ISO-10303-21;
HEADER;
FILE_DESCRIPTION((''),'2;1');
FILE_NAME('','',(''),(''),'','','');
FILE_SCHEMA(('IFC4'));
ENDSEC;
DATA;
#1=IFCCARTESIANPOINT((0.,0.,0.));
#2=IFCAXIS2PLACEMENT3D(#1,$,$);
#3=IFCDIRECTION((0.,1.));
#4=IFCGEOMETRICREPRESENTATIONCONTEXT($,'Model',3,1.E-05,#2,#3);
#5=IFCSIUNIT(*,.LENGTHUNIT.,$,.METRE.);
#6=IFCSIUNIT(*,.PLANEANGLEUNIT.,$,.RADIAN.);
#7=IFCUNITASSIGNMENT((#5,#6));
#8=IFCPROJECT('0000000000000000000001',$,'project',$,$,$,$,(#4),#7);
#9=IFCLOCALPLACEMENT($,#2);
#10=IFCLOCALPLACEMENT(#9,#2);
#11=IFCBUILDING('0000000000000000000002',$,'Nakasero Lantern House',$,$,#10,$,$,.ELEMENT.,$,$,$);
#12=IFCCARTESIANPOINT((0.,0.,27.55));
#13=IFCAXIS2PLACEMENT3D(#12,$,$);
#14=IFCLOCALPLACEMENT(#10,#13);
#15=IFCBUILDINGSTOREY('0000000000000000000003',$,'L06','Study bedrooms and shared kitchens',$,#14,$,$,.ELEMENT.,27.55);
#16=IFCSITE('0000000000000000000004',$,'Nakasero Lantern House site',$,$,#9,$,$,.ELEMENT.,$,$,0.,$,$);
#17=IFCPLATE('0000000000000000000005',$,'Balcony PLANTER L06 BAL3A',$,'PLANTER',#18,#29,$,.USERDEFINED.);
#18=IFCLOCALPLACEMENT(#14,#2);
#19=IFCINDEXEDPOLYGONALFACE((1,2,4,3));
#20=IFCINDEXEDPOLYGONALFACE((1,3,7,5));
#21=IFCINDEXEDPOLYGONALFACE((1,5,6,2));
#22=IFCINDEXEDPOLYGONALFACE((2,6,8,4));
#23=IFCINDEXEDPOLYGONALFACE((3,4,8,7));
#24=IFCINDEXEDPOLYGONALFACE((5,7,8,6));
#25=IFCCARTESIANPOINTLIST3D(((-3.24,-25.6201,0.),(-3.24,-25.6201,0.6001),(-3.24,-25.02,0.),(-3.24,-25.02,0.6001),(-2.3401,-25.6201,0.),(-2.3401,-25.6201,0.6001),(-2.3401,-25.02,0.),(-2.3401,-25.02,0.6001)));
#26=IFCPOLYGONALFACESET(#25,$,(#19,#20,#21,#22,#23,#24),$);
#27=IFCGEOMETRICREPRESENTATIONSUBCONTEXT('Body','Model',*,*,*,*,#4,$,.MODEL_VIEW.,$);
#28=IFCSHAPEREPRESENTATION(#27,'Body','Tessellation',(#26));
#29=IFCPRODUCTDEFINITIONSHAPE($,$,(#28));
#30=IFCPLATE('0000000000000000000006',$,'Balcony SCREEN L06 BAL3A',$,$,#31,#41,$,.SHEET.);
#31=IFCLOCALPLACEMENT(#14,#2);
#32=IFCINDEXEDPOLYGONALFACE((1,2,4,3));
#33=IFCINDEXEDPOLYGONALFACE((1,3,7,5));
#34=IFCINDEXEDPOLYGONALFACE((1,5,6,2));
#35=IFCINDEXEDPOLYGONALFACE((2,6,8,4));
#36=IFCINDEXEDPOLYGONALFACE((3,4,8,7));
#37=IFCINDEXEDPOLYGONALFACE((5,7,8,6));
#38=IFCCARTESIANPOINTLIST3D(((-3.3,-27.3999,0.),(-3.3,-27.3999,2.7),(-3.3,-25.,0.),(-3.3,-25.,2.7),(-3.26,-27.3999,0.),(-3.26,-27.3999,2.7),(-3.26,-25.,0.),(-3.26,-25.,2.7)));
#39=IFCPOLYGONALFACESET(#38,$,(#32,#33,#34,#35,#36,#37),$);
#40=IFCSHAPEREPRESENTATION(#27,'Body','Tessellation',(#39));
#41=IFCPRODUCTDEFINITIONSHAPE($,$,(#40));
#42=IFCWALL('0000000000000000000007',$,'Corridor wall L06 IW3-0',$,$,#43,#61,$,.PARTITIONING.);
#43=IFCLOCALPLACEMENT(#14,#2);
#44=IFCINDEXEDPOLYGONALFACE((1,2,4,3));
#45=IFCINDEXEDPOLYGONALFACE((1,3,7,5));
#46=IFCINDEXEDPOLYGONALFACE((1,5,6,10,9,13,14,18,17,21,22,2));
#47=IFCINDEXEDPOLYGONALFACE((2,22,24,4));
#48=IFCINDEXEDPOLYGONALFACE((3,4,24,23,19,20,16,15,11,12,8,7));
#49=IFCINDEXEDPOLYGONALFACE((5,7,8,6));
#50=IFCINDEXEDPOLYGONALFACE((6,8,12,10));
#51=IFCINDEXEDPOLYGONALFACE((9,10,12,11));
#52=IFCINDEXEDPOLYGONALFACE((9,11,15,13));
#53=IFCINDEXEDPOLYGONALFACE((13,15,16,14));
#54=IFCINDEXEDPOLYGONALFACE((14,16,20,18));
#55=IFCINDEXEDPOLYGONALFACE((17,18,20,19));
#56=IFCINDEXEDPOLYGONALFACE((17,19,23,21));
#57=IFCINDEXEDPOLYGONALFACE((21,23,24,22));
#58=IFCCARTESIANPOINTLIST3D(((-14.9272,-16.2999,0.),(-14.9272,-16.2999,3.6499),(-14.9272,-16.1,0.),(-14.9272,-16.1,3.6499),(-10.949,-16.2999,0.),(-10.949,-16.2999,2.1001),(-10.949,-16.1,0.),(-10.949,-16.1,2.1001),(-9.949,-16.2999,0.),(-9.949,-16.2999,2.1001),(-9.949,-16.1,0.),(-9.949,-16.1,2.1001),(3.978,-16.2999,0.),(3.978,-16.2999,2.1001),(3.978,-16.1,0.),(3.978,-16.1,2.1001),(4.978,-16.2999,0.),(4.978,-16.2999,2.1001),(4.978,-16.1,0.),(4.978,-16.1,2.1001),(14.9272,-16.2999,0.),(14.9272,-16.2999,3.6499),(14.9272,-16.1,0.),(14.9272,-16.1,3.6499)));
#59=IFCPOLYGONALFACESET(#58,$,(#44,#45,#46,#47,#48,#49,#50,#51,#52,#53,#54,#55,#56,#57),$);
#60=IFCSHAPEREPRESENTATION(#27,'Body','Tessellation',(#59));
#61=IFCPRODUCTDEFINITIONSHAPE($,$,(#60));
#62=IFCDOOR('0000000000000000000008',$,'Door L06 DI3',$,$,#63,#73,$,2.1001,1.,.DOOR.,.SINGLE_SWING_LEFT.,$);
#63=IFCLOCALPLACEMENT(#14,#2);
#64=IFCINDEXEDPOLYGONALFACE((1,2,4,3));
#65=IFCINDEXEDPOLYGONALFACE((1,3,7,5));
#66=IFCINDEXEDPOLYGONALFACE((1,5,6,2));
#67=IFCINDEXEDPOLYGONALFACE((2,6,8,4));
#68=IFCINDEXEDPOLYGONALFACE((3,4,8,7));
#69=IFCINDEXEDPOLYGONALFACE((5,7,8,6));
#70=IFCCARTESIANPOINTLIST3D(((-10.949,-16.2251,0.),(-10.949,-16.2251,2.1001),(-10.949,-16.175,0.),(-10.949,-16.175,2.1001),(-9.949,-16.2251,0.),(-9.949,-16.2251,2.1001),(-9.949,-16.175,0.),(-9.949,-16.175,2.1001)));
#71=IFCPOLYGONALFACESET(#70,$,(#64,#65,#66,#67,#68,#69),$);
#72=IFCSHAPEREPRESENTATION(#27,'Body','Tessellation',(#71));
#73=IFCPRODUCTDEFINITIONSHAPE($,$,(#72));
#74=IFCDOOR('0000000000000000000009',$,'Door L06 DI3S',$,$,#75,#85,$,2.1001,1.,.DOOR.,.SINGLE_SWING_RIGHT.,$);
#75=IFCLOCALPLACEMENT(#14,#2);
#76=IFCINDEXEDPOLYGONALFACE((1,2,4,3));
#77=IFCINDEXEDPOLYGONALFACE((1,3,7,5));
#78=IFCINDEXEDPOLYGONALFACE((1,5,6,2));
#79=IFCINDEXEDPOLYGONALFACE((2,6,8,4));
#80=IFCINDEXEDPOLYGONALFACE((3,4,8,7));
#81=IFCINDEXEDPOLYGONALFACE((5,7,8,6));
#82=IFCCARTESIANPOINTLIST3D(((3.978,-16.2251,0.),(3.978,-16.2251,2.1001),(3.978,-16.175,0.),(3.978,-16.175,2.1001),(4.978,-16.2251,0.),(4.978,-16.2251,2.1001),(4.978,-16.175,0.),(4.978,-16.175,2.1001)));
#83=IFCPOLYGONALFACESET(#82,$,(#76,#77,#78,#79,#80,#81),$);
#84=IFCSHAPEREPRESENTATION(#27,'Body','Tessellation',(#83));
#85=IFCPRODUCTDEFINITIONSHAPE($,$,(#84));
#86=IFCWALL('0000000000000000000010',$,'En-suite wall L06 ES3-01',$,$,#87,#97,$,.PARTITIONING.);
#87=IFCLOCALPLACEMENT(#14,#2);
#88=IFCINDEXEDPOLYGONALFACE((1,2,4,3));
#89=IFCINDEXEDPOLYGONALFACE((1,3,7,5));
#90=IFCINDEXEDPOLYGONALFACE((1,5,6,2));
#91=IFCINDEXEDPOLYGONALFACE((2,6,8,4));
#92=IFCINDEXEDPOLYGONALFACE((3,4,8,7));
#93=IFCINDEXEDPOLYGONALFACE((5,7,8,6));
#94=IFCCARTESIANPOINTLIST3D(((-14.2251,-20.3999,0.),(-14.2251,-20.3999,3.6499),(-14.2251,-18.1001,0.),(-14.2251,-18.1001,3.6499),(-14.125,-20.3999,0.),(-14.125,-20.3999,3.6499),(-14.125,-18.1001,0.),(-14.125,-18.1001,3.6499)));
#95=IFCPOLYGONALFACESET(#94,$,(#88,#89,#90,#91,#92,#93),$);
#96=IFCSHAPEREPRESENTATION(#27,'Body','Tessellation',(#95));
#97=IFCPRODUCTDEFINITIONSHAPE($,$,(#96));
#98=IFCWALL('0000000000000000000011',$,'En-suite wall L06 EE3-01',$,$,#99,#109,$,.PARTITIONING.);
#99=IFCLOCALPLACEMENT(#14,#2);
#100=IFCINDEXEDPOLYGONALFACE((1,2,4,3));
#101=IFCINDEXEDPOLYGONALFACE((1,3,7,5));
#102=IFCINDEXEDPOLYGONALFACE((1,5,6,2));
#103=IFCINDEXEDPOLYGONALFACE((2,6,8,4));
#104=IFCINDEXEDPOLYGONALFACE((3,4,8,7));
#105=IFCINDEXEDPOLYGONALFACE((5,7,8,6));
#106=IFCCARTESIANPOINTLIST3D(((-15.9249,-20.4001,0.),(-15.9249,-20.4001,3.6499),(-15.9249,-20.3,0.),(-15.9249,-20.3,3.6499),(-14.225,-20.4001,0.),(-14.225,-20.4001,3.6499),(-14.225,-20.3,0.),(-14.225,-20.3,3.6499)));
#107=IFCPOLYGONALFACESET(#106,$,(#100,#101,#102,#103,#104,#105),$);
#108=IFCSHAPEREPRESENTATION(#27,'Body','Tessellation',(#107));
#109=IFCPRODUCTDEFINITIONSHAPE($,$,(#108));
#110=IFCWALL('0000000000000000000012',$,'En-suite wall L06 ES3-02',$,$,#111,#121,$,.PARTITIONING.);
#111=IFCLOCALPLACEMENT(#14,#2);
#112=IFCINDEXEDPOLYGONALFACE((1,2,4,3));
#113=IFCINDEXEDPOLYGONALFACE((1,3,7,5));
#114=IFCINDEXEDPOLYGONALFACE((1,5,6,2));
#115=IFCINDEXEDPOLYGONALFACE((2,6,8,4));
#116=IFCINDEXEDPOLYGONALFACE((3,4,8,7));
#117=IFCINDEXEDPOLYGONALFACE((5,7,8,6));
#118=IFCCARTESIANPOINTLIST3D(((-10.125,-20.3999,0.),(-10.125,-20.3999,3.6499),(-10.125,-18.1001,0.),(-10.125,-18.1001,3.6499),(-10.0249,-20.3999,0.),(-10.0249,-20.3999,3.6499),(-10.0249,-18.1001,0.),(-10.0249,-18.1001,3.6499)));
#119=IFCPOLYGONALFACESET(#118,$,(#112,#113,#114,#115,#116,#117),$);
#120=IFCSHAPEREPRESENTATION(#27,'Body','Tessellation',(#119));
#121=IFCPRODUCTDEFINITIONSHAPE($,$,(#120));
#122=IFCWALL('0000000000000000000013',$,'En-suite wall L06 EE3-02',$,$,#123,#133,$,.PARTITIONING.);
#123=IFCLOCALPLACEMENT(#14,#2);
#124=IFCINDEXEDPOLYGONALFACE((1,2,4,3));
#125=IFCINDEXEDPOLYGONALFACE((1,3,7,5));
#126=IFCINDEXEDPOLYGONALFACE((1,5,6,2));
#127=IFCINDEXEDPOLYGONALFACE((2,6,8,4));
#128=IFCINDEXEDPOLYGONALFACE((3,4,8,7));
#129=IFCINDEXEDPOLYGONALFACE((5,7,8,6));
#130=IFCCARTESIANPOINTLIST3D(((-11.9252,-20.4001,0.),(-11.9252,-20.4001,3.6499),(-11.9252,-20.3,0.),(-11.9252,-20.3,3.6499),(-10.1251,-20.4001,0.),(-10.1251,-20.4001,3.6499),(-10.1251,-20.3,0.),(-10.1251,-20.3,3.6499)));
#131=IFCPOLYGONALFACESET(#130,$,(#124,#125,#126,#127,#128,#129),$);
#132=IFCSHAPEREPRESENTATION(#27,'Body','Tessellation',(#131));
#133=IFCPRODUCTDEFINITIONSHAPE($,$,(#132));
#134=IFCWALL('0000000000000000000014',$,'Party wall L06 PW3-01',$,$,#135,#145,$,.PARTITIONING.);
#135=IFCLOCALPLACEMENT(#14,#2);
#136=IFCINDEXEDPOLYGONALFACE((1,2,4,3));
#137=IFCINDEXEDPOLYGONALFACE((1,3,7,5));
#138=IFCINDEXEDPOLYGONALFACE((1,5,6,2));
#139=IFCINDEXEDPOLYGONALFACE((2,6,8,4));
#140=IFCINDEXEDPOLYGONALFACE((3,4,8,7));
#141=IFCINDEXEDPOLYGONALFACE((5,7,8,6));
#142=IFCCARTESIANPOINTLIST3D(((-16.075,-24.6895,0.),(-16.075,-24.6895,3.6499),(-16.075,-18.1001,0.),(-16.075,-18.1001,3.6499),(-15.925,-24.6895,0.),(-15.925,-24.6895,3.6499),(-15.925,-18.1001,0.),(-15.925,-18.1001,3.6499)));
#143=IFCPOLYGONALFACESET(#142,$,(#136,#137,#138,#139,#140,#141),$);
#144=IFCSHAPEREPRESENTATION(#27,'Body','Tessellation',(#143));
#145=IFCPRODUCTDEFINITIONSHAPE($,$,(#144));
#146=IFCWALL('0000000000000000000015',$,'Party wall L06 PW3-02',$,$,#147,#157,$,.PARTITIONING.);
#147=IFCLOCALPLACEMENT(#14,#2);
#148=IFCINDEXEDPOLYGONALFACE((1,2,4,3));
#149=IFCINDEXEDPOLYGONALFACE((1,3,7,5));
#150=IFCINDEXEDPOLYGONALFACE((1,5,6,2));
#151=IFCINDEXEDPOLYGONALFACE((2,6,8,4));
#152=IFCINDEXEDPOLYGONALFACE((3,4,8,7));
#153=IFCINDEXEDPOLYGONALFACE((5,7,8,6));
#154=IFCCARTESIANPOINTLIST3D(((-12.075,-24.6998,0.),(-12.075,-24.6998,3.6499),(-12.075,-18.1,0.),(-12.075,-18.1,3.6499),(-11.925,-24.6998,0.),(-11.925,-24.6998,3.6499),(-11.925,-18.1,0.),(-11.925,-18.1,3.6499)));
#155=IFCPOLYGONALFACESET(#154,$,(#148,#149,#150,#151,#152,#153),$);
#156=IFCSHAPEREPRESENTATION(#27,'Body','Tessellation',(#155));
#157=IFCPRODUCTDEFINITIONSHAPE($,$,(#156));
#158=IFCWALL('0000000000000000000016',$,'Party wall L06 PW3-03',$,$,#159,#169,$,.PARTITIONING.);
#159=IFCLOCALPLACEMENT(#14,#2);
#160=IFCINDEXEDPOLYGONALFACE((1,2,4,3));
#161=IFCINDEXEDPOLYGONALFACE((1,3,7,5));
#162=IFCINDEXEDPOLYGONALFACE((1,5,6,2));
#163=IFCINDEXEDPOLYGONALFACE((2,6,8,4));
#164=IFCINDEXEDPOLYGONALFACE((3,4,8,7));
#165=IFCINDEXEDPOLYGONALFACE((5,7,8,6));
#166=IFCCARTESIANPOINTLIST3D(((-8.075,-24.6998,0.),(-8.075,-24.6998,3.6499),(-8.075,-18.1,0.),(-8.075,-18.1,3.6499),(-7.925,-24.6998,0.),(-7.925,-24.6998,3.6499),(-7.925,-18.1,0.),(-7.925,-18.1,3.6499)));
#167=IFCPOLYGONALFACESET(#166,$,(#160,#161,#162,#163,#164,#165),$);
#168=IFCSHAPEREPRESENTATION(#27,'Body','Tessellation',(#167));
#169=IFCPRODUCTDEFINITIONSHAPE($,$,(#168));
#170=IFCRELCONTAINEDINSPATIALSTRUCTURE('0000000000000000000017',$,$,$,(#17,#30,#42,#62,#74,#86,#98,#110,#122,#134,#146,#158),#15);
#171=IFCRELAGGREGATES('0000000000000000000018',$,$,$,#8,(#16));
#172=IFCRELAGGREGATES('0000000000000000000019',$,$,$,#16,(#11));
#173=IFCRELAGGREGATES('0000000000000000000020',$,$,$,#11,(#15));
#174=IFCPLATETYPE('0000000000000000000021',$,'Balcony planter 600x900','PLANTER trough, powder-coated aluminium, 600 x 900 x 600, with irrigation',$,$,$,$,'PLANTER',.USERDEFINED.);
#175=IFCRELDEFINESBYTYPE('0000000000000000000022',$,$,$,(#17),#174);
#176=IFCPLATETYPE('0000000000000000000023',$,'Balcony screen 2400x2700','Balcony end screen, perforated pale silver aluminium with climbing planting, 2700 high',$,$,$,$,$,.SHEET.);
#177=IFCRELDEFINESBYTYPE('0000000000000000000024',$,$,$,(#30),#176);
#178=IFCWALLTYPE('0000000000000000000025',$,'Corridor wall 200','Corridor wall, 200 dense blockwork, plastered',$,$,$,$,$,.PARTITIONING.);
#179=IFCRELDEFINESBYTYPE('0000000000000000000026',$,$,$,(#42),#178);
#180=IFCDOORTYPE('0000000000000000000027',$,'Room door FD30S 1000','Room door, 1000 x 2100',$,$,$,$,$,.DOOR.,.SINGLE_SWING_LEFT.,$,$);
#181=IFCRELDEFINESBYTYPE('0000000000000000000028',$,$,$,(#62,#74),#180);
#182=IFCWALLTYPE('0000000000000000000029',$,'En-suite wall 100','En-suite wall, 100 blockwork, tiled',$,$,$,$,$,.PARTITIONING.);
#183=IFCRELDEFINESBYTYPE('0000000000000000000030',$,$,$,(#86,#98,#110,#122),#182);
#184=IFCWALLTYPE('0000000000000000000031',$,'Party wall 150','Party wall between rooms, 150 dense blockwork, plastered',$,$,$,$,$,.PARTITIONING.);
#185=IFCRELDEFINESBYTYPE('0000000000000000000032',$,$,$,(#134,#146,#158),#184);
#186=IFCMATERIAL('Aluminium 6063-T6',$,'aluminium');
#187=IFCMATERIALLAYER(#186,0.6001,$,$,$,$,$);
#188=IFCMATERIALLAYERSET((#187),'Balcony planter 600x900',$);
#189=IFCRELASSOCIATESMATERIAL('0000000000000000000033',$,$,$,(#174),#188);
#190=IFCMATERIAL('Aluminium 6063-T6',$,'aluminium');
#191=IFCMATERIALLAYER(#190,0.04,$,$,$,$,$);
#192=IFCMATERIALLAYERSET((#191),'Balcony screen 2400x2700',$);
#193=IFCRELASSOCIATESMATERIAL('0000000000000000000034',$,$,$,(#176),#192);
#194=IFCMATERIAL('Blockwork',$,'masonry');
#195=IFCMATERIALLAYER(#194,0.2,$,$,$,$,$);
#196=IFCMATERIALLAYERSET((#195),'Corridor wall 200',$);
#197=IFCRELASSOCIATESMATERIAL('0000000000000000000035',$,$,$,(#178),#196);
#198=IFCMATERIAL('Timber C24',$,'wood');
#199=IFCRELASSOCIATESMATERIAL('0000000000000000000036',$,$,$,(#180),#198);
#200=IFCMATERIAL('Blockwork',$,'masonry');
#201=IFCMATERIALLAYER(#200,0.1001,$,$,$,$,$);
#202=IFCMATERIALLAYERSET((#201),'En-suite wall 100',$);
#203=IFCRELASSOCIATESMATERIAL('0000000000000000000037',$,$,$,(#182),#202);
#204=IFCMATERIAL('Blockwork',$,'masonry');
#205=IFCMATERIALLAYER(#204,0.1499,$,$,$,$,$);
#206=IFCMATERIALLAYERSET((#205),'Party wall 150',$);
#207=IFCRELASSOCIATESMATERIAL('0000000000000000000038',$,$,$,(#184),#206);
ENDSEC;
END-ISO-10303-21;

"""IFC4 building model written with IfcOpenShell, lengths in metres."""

from ifc_helpers import new_model, si_unit, direction, frame, frame_2d, origin, origin_2d, place, context, subcontext, project, spatial, rectangle, extrude, material, layer, layer_set, type_object, element, fill, save


model = new_model("IFC4")

# Units and contexts
model_context = context("Model", 3, precision=1e-05, world=origin(), true_north=direction((0.0, 1.0)))
body_context = subcontext(model_context, "Body", "Model", "MODEL_VIEW")
ifc_project = project(units=[si_unit("LENGTHUNIT", "METRE"), si_unit("PLANEANGLEUNIT", "RADIAN")], contexts=[model_context])

# Site, building, storey
site_placement = place(None, origin())
site = spatial("IfcSite", under=ifc_project, at=site_placement, Name="Nakasero Lantern House site", CompositionType="ELEMENT", RefElevation=0.0)
building_placement = place(site_placement, origin())
building = spatial("IfcBuilding", under=site, at=building_placement, Name="Nakasero Lantern House", CompositionType="ELEMENT")
storey_placement = place(building_placement, frame((0.0, 0.0, 27.55)))
storey = spatial("IfcBuildingStorey", under=building, at=storey_placement, Name="L06", Description="Study bedrooms and shared kitchens", CompositionType="ELEMENT", Elevation=27.55)

# Plates
ifc_material_1 = material(Name="Aluminium 6063-T6", Category="aluminium")
ifc_layer_1 = layer(ifc_material_1, 0.6001)
ifc_layer_set_1 = layer_set([ifc_layer_1], Name="Balcony planter 600x900")
plate_type_1 = type_object("IfcPlateType", Name="Balcony planter 600x900", Description="PLANTER trough, powder-coated aluminium, 600 x 900 x 600, with irrigation", ElementType="PLANTER", PredefinedType="USERDEFINED", material=ifc_layer_set_1)
plate_1_placement = place(storey_placement, frame((-2.79, -25.3201, 0.0), z_axis=(0.0, 0.0, 1.0), x_axis=(0.0, -1.0, 0.0)))
element("IfcPlate", 1, at=plate_1_placement, inside=storey, type_object=plate_type_1, Name="Balcony PLANTER L06 BAL3A", ObjectType="PLANTER", PredefinedType="USERDEFINED", context=body_context, shape_type="SweptSolid", body=[
    extrude(rectangle(XDim=0.6001, YDim=0.8999, at=origin_2d()), origin(), (0.0, 0.0, 1.0), 0.6001),
])
ifc_material_2 = material(Name="Aluminium 6063-T6", Category="aluminium")
ifc_layer_2 = layer(ifc_material_2, 0.04)
ifc_layer_set_2 = layer_set([ifc_layer_2], Name="Balcony screen 2400x2700")
plate_type_2 = type_object("IfcPlateType", Name="Balcony screen 2400x2700", Description="Balcony end screen, perforated pale silver aluminium with climbing planting, 2700 high", PredefinedType="SHEET", material=ifc_layer_set_2)
plate_2_placement = place(storey_placement, frame((-3.28, -26.2, 0.0), z_axis=(0.0, 0.0, 1.0), x_axis=(0.0, -1.0, 0.0)))
element("IfcPlate", 2, at=plate_2_placement, inside=storey, type_object=plate_type_2, Name="Balcony SCREEN L06 BAL3A", PredefinedType="SHEET", context=body_context, shape_type="SweptSolid", body=[
    extrude(rectangle(XDim=2.3999, YDim=0.04, at=origin_2d()), origin(), (0.0, 0.0, 1.0), 2.7),
])

# Wall, openings, doors
ifc_material_3 = material(Name="Blockwork", Category="masonry")
ifc_layer_3 = layer(ifc_material_3, 0.2)
ifc_layer_set_3 = layer_set([ifc_layer_3], Name="Corridor wall 200")
wall_type_1 = type_object("IfcWallType", Name="Corridor wall 200", Description="Corridor wall, 200 dense blockwork, plastered", PredefinedType="PARTITIONING", material=ifc_layer_set_3)
wall_1_placement = place(storey_placement, frame((-14.9272, -16.2, 0.0), z_axis=(0.0, 0.0, 1.0), x_axis=(1.0, 0.0, 0.0)))
wall_1 = element("IfcWall", 3, at=wall_1_placement, inside=storey, type_object=wall_type_1, Name="Corridor wall L06 IW3-0", PredefinedType="PARTITIONING", context=body_context, shape_type="SweptSolid", body=[
    extrude(rectangle(XDim=29.8545, YDim=0.2, at=frame_2d((14.9272, 0.0))), origin(), (0.0, 0.0, 1.0), 3.6499),
])
opening_1_placement = place(wall_1_placement, frame((3.9783, 0.0, 0.0)))
opening_1 = element("IfcOpeningElement", 4, at=opening_1_placement, cuts=wall_1, PredefinedType="OPENING", context=body_context, shape_type="SweptSolid", body=[
    extrude(rectangle(XDim=1.0, YDim=2.1001, at=frame_2d((0.5, 1.05))), frame((0.0, 0.1199, 0.0), z_axis=(0.0, -1.0, 0.0), x_axis=(1.0, 0.0, 0.0)), (0.0, 0.0, 1.0), 0.24),
])
opening_2_placement = place(wall_1_placement, frame((18.9053, 0.0, 0.0)))
opening_2 = element("IfcOpeningElement", 5, at=opening_2_placement, cuts=wall_1, PredefinedType="OPENING", context=body_context, shape_type="SweptSolid", body=[
    extrude(rectangle(XDim=1.0, YDim=2.1001, at=frame_2d((0.5, 1.05))), frame((0.0, 0.1199, 0.0), z_axis=(0.0, -1.0, 0.0), x_axis=(1.0, 0.0, 0.0)), (0.0, 0.0, 1.0), 0.24),
])
ifc_material_4 = material(Name="Timber C24", Category="wood")
door_type = type_object("IfcDoorType", Name="Room door FD30S 1000", Description="Room door, 1000 x 2100", OperationType="SINGLE_SWING_LEFT", PredefinedType="DOOR", material=ifc_material_4)
door_1_placement = place(opening_1_placement, origin())
door_1 = element("IfcDoor", 6, at=door_1_placement, inside=storey, type_object=door_type, Name="Door L06 DI3", OperationType="SINGLE_SWING_LEFT", OverallHeight=2.1001, OverallWidth=1.0, PredefinedType="DOOR", context=body_context, shape_type="SweptSolid", body=[
    extrude(rectangle(XDim=1.0, YDim=2.1001, at=frame_2d((0.5, 1.05))), frame((0.0, 0.0249, 0.0), z_axis=(0.0, -1.0, 0.0), x_axis=(1.0, 0.0, 0.0)), (0.0, 0.0, 1.0), 0.05),
])
fill(opening_1, door_1)
door_2_placement = place(opening_2_placement, origin())
door_2 = element("IfcDoor", 7, at=door_2_placement, inside=storey, type_object=door_type, Name="Door L06 DI3S", OperationType="SINGLE_SWING_RIGHT", OverallHeight=2.1001, OverallWidth=1.0, PredefinedType="DOOR", context=body_context, shape_type="SweptSolid", body=[
    extrude(rectangle(XDim=1.0, YDim=2.1001, at=frame_2d((0.5, 1.05))), frame((0.0, 0.0249, 0.0), z_axis=(0.0, -1.0, 0.0), x_axis=(1.0, 0.0, 0.0)), (0.0, 0.0, 1.0), 0.05),
])
fill(opening_2, door_2)

# Walls
ifc_material_5 = material(Name="Blockwork", Category="masonry")
ifc_layer_4 = layer(ifc_material_5, 0.1001)
ifc_layer_set_4 = layer_set([ifc_layer_4], Name="En-suite wall 100")
wall_type_2 = type_object("IfcWallType", Name="En-suite wall 100", Description="En-suite wall, 100 blockwork, tiled", PredefinedType="PARTITIONING", material=ifc_layer_set_4)
wall_2_placement = place(storey_placement, frame((-14.175, -18.1001, 0.0), z_axis=(0.0, 0.0, 1.0), x_axis=(0.0, -1.0, 0.0)))
element("IfcWall", 8, at=wall_2_placement, inside=storey, type_object=wall_type_2, Name="En-suite wall L06 ES3-01", PredefinedType="PARTITIONING", context=body_context, shape_type="SweptSolid", body=[
    extrude(rectangle(XDim=2.2998, YDim=0.1001, at=frame_2d((1.1499, 0.0))), origin(), (0.0, 0.0, 1.0), 3.6499),
])
wall_3_placement = place(storey_placement, frame((-15.925, -20.3501, 0.0), z_axis=(0.0, 0.0, 1.0), x_axis=(1.0, 0.0, 0.0)))
element("IfcWall", 9, at=wall_3_placement, inside=storey, type_object=wall_type_2, Name="En-suite wall L06 EE3-01", PredefinedType="PARTITIONING", context=body_context, shape_type="SweptSolid", body=[
    extrude(rectangle(XDim=1.7, YDim=0.1001, at=frame_2d((0.8501, 0.0))), origin(), (0.0, 0.0, 1.0), 3.6499),
])
wall_4_placement = place(storey_placement, frame((-10.075, -18.1001, 0.0), z_axis=(0.0, 0.0, 1.0), x_axis=(0.0, -1.0, 0.0)))
element("IfcWall", 10, at=wall_4_placement, inside=storey, type_object=wall_type_2, Name="En-suite wall L06 ES3-02", PredefinedType="PARTITIONING", context=body_context, shape_type="SweptSolid", body=[
    extrude(rectangle(XDim=2.2998, YDim=0.1001, at=frame_2d((1.1499, 0.0))), origin(), (0.0, 0.0, 1.0), 3.6499),
])
wall_5_placement = place(storey_placement, frame((-11.925, -20.3501, 0.0), z_axis=(0.0, 0.0, 1.0), x_axis=(1.0, 0.0, 0.0)))
element("IfcWall", 11, at=wall_5_placement, inside=storey, type_object=wall_type_2, Name="En-suite wall L06 EE3-02", PredefinedType="PARTITIONING", context=body_context, shape_type="SweptSolid", body=[
    extrude(rectangle(XDim=1.8, YDim=0.1001, at=frame_2d((0.8999, 0.0))), origin(), (0.0, 0.0, 1.0), 3.6499),
])
ifc_material_6 = material(Name="Blockwork", Category="masonry")
ifc_layer_5 = layer(ifc_material_6, 0.1499)
ifc_layer_set_5 = layer_set([ifc_layer_5], Name="Party wall 150")
wall_type_3 = type_object("IfcWallType", Name="Party wall 150", Description="Party wall between rooms, 150 dense blockwork, plastered", PredefinedType="PARTITIONING", material=ifc_layer_set_5)
wall_6_placement = place(storey_placement, frame((-16.0, -18.1001, 0.0), z_axis=(0.0, 0.0, 1.0), x_axis=(0.0, -1.0, 0.0)))
element("IfcWall", 12, at=wall_6_placement, inside=storey, type_object=wall_type_3, Name="Party wall L06 PW3-01", PredefinedType="PARTITIONING", context=body_context, shape_type="SweptSolid", body=[
    extrude(rectangle(XDim=6.5894, YDim=0.1499, at=frame_2d((3.2947, 0.0))), origin(), (0.0, 0.0, 1.0), 3.6499),
])
for number, where, z_axis, x_axis, name in (
    (13, (-12.0, -18.1001, 0.0), (0.0, 0.0, 1.0), (0.0, -1.0, 0.0), "Party wall L06 PW3-02"),
    (14, (-8.0, -18.1001, 0.0), (0.0, 0.0, 1.0), (0.0, -1.0, 0.0), "Party wall L06 PW3-03"),
):
    element("IfcWall", number, at=place(storey_placement, frame(where, z_axis=z_axis, x_axis=x_axis)), inside=storey, type_object=wall_type_3, Name=name, PredefinedType="PARTITIONING", context=body_context, shape_type="SweptSolid", body=[
        extrude(rectangle(XDim=6.5999, YDim=0.1499, at=frame_2d((3.2998, 0.0))), origin(), (0.0, 0.0, 1.0), 3.6499),
    ])

save(model, "model.ifc")
